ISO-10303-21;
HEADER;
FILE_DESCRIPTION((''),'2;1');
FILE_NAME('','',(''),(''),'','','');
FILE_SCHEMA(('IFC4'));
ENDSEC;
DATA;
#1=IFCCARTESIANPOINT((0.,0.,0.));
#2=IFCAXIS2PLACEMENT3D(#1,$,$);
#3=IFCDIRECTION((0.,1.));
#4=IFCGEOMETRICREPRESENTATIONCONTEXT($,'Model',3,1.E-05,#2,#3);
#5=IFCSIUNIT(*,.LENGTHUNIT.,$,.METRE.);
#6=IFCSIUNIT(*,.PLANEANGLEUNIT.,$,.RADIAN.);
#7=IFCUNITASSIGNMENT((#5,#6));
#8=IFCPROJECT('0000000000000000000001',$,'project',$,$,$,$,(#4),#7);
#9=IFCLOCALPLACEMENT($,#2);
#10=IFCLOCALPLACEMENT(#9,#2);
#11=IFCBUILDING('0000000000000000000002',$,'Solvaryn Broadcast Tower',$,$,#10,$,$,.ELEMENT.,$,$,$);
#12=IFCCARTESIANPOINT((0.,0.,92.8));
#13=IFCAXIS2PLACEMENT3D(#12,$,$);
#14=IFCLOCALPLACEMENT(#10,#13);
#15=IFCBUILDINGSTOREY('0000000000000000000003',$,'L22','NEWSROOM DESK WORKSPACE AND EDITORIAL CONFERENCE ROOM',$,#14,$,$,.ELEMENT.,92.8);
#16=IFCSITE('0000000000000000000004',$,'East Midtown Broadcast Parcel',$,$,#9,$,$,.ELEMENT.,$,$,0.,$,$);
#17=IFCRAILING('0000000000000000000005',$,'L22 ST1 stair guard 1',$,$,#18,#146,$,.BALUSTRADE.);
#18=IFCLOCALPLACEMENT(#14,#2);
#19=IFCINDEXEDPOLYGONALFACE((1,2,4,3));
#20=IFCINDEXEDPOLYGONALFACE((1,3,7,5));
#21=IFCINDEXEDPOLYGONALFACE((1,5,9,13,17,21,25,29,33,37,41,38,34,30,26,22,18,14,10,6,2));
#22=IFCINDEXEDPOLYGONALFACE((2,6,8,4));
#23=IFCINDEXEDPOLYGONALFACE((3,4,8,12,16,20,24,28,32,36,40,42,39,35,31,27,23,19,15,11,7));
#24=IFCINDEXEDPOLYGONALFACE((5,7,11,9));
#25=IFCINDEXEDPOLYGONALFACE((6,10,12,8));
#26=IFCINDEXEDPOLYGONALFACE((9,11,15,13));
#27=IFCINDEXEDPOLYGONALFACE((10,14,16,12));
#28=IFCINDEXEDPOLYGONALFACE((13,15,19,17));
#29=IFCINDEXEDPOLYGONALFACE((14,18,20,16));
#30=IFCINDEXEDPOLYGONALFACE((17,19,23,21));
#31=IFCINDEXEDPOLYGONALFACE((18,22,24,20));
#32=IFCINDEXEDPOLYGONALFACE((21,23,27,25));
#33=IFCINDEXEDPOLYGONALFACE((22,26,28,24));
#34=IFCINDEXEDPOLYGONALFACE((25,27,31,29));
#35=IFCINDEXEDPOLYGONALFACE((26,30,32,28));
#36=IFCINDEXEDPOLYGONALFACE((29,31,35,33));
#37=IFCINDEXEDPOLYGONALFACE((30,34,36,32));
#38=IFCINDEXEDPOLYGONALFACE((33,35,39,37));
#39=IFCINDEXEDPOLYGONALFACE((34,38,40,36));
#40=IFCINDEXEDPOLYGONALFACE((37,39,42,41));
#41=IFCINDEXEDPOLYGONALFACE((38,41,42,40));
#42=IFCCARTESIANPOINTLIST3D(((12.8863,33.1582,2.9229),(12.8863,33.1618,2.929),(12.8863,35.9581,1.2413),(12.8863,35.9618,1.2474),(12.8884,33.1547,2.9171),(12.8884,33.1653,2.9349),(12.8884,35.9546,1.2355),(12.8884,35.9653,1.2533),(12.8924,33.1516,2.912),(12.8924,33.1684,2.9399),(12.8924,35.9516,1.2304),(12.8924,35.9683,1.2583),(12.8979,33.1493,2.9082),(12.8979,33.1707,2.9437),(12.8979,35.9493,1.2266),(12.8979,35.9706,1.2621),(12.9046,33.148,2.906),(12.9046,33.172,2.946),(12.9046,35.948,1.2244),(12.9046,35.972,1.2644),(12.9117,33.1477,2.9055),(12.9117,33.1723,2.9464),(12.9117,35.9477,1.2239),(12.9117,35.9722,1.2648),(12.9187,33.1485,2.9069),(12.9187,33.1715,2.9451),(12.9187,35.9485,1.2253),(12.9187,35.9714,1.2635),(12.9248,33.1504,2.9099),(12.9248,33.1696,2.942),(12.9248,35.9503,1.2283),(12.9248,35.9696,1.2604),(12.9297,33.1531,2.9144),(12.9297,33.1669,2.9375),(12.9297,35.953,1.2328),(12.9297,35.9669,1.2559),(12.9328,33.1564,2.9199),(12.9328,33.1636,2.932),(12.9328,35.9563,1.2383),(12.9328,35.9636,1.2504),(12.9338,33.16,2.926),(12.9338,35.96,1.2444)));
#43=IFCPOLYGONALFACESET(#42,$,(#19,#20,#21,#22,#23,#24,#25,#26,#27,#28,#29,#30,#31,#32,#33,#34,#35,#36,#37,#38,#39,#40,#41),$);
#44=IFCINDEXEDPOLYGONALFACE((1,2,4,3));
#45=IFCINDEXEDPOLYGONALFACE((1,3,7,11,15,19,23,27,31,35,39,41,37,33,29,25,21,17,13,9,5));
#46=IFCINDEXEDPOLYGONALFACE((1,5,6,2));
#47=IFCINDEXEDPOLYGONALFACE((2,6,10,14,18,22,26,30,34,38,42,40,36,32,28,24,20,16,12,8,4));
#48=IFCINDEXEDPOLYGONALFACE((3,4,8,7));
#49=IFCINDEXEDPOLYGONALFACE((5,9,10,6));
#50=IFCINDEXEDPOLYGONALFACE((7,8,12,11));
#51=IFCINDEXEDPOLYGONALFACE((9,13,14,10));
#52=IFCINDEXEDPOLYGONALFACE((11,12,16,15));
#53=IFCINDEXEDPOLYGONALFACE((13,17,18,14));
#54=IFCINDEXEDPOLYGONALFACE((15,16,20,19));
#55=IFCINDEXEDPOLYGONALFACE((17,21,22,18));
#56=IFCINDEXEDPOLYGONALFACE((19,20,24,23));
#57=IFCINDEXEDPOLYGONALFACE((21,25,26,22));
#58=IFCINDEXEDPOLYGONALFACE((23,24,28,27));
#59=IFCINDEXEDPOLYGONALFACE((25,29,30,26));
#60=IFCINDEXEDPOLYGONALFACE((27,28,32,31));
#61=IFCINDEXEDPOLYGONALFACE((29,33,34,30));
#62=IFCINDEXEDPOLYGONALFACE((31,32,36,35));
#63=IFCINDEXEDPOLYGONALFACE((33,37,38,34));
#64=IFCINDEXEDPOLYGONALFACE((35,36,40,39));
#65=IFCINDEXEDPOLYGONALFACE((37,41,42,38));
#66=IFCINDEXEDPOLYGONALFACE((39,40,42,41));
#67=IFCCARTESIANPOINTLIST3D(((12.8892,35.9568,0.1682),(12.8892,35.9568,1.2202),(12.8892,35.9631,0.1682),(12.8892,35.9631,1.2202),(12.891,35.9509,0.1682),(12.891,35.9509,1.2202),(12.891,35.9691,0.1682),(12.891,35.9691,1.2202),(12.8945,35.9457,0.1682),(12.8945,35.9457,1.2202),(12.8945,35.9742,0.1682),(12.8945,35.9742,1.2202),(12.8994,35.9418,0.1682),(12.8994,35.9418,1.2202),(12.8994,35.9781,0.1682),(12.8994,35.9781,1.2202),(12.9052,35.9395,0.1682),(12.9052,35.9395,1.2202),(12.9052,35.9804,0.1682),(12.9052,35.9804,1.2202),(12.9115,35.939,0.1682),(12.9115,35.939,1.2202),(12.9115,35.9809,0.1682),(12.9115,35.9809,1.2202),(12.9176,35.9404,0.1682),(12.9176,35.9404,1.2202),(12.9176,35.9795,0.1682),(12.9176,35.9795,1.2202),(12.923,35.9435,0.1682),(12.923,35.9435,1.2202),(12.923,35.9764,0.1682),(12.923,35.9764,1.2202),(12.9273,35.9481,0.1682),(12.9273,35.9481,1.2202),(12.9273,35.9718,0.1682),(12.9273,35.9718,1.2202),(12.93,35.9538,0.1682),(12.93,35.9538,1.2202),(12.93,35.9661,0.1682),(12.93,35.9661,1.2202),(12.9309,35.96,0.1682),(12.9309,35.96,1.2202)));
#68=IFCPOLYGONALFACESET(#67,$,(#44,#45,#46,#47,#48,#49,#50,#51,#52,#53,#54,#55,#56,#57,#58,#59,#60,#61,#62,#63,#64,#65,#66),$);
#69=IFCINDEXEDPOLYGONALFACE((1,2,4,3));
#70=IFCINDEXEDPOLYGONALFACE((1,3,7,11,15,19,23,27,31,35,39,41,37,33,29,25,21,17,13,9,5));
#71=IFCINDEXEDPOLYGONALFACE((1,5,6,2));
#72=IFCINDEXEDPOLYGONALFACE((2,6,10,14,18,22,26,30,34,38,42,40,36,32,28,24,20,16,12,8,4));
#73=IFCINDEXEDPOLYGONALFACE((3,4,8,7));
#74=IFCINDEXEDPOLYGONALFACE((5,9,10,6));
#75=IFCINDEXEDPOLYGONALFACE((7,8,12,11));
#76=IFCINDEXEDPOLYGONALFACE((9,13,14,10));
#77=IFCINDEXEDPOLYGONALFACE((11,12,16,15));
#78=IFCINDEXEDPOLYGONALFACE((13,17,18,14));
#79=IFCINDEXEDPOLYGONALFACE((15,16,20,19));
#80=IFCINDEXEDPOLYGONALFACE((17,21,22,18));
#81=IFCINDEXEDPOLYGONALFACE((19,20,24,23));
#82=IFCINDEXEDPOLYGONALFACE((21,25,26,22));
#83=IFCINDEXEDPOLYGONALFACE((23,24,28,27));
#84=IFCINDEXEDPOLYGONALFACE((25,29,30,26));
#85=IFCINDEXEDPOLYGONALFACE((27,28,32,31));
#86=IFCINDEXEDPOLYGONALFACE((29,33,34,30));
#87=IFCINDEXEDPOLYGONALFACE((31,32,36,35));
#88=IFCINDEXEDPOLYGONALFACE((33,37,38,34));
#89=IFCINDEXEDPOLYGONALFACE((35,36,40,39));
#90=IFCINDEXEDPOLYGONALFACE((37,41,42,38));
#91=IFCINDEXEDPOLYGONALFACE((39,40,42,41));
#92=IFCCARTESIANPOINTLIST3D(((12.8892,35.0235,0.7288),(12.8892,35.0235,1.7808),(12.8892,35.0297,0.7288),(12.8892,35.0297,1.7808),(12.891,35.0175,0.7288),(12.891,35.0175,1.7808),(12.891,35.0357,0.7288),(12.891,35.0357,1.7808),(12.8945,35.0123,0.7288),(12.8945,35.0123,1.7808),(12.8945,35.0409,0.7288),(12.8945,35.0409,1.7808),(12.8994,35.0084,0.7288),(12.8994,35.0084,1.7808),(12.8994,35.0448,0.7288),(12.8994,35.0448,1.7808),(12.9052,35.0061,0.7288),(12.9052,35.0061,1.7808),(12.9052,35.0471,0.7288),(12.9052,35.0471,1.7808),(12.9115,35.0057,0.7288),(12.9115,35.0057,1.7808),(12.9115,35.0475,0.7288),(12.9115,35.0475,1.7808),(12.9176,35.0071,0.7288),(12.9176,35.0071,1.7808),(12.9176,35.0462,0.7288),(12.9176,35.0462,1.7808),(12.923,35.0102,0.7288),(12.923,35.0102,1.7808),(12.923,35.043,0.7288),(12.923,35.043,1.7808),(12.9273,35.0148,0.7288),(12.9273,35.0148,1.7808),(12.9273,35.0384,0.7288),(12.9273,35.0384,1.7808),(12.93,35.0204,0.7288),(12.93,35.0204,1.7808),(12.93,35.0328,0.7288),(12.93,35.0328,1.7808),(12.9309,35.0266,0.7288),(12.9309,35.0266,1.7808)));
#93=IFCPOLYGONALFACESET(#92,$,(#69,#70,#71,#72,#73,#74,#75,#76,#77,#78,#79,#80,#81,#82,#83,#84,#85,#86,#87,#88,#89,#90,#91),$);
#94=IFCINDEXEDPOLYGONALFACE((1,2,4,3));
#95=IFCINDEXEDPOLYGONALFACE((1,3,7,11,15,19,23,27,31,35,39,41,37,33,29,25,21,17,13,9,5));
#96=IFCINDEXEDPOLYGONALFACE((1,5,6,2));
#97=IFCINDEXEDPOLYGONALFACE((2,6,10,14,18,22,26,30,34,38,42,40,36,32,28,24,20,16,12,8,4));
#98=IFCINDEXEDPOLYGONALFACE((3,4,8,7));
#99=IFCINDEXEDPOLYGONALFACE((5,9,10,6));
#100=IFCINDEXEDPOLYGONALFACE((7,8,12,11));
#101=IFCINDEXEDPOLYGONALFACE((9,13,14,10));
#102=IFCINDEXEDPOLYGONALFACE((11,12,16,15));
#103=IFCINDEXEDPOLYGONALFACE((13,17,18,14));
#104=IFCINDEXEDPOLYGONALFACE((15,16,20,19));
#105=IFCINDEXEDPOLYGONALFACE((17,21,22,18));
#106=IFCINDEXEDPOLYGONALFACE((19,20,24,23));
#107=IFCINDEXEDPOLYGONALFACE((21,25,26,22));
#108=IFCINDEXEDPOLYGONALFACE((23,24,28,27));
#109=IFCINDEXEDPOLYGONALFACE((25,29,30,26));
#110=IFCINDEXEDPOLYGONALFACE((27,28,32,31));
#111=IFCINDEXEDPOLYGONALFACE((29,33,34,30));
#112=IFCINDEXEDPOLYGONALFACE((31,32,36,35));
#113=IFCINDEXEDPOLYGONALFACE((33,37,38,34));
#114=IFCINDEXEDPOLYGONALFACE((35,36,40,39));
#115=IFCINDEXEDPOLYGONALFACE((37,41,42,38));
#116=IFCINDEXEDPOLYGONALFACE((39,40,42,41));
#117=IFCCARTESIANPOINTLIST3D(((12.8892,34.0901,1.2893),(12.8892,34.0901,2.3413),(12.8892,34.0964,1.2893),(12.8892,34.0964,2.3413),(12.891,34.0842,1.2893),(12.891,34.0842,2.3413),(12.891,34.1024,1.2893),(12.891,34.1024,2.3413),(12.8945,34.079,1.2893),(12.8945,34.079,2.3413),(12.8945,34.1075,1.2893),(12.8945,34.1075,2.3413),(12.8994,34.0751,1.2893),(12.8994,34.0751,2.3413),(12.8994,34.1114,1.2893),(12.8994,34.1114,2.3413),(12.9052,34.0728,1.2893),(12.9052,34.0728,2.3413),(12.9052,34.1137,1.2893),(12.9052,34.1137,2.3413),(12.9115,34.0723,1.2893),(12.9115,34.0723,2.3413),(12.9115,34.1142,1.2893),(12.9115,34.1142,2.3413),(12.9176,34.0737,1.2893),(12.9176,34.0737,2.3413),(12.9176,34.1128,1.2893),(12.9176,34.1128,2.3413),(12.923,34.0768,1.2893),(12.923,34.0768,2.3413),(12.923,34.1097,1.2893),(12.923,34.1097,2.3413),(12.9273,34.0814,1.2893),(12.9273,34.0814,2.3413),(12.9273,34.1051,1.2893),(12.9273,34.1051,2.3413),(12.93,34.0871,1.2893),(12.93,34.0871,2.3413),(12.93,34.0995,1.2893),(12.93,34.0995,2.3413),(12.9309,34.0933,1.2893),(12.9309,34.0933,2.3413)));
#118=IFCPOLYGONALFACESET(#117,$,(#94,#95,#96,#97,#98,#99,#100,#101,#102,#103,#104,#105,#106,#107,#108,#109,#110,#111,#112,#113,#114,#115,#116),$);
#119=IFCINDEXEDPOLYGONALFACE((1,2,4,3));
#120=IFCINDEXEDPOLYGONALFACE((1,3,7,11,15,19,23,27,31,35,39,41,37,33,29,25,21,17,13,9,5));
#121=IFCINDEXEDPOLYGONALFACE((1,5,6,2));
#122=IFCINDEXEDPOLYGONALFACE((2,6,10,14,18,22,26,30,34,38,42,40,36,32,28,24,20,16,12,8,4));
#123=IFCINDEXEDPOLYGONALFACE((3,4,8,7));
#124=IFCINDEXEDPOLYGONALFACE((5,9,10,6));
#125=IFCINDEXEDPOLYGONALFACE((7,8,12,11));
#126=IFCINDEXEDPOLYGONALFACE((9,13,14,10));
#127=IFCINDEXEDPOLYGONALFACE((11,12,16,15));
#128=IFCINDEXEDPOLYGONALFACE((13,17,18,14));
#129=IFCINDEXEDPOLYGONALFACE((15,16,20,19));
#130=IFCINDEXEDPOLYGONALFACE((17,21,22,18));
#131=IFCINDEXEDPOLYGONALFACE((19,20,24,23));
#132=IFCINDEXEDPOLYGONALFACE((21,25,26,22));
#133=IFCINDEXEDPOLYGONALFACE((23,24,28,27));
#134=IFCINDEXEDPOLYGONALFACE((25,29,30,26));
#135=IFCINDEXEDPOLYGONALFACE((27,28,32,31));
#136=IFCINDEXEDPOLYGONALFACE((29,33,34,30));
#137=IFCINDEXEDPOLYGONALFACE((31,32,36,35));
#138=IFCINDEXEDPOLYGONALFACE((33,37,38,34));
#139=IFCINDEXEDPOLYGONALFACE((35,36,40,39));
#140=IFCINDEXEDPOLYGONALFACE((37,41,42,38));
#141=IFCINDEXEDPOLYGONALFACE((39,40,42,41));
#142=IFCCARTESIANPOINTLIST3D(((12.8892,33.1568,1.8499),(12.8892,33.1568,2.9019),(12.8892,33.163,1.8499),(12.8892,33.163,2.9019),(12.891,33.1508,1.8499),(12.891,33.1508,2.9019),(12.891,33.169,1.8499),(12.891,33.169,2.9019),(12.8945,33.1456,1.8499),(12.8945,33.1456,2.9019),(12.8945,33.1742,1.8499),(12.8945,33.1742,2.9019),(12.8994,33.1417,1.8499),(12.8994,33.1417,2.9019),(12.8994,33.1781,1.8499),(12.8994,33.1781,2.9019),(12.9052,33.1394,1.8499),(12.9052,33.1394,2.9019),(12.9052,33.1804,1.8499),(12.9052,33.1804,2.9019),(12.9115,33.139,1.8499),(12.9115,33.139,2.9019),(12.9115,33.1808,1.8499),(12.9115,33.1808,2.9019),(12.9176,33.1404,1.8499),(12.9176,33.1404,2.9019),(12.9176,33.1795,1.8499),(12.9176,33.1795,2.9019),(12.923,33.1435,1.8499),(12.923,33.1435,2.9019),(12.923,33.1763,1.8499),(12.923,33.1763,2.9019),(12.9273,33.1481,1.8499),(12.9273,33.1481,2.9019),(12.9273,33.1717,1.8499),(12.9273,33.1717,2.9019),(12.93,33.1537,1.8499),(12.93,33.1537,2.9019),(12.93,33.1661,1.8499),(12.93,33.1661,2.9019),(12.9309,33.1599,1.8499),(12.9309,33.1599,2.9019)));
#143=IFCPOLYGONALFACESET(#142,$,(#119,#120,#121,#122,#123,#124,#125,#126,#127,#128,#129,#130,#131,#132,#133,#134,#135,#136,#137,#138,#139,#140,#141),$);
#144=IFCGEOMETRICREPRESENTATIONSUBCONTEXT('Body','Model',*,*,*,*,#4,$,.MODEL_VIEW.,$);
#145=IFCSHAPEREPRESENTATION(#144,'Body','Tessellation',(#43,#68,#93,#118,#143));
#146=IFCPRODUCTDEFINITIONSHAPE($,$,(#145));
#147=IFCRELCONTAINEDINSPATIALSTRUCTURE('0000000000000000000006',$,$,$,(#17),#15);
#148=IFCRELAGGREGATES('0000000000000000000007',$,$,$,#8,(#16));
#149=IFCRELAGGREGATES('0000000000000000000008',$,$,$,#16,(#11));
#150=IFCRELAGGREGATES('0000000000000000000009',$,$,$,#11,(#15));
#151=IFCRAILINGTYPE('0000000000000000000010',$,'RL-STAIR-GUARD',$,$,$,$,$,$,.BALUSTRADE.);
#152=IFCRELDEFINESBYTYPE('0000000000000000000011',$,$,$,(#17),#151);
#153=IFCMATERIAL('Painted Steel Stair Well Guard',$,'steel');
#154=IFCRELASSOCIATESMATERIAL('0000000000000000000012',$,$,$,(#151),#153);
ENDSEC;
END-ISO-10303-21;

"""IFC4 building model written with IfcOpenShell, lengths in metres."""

from ifc_helpers import new_model, si_unit, direction, frame, origin, origin_2d, place, context, subcontext, project, spatial, circle, extrude, material, type_object, element, save


model = new_model("IFC4")

# Units and contexts
model_context = context("Model", 3, precision=1e-05, world=origin(), true_north=direction((0.0, 1.0)))
body_context = subcontext(model_context, "Body", "Model", "MODEL_VIEW")
ifc_project = project(units=[si_unit("LENGTHUNIT", "METRE"), si_unit("PLANEANGLEUNIT", "RADIAN")], contexts=[model_context])

# Site, building, storey
site_placement = place(None, origin())
site = spatial("IfcSite", under=ifc_project, at=site_placement, Name="East Midtown Broadcast Parcel", CompositionType="ELEMENT", RefElevation=0.0)
building_placement = place(site_placement, origin())
building = spatial("IfcBuilding", under=site, at=building_placement, Name="Solvaryn Broadcast Tower", CompositionType="ELEMENT")
storey_placement = place(building_placement, frame((0.0, 0.0, 92.8)))
storey = spatial("IfcBuildingStorey", under=building, at=storey_placement, Name="L22", Description="NEWSROOM DESK WORKSPACE AND EDITORIAL CONFERENCE ROOM", CompositionType="ELEMENT", Elevation=92.8)

# Railing
ifc_material_1 = material(Name="Painted Steel Stair Well Guard", Category="steel")
railing_type_1 = type_object("IfcRailingType", Name="RL-STAIR-GUARD", PredefinedType="BALUSTRADE", material=ifc_material_1)
railing_1_placement = place(storey_placement, frame((12.9099, 35.96, 0.1682)))
element("IfcRailing", 1, at=railing_1_placement, inside=storey, type_object=railing_type_1, Name="L22 ST1 stair guard 1", PredefinedType="BALUSTRADE", context=body_context, shape_type="SweptSolid", body=[
    extrude(circle(Radius=0.0239, at=origin_2d()), frame((0.0, 0.0, 1.0762), z_axis=(0.0, -0.857275, 0.514858), x_axis=(1.0, 0.0, 0.0)), (0.0, 0.0, 1.0), 3.2661),
    extrude(circle(Radius=0.021, at=origin_2d()), origin(), (0.0, 0.0, 1.0), 1.052),
    extrude(circle(Radius=0.021, at=origin_2d()), frame((0.0, -0.9333, 0.5605)), (0.0, 0.0, 1.0), 1.052),
    extrude(circle(Radius=0.021, at=origin_2d()), frame((0.0, -1.8667, 1.1211)), (0.0, 0.0, 1.0), 1.052),
    extrude(circle(Radius=0.021, at=origin_2d()), frame((0.0, -2.8, 1.6816)), (0.0, 0.0, 1.0), 1.052),
])

save(model, "model.ifc")
